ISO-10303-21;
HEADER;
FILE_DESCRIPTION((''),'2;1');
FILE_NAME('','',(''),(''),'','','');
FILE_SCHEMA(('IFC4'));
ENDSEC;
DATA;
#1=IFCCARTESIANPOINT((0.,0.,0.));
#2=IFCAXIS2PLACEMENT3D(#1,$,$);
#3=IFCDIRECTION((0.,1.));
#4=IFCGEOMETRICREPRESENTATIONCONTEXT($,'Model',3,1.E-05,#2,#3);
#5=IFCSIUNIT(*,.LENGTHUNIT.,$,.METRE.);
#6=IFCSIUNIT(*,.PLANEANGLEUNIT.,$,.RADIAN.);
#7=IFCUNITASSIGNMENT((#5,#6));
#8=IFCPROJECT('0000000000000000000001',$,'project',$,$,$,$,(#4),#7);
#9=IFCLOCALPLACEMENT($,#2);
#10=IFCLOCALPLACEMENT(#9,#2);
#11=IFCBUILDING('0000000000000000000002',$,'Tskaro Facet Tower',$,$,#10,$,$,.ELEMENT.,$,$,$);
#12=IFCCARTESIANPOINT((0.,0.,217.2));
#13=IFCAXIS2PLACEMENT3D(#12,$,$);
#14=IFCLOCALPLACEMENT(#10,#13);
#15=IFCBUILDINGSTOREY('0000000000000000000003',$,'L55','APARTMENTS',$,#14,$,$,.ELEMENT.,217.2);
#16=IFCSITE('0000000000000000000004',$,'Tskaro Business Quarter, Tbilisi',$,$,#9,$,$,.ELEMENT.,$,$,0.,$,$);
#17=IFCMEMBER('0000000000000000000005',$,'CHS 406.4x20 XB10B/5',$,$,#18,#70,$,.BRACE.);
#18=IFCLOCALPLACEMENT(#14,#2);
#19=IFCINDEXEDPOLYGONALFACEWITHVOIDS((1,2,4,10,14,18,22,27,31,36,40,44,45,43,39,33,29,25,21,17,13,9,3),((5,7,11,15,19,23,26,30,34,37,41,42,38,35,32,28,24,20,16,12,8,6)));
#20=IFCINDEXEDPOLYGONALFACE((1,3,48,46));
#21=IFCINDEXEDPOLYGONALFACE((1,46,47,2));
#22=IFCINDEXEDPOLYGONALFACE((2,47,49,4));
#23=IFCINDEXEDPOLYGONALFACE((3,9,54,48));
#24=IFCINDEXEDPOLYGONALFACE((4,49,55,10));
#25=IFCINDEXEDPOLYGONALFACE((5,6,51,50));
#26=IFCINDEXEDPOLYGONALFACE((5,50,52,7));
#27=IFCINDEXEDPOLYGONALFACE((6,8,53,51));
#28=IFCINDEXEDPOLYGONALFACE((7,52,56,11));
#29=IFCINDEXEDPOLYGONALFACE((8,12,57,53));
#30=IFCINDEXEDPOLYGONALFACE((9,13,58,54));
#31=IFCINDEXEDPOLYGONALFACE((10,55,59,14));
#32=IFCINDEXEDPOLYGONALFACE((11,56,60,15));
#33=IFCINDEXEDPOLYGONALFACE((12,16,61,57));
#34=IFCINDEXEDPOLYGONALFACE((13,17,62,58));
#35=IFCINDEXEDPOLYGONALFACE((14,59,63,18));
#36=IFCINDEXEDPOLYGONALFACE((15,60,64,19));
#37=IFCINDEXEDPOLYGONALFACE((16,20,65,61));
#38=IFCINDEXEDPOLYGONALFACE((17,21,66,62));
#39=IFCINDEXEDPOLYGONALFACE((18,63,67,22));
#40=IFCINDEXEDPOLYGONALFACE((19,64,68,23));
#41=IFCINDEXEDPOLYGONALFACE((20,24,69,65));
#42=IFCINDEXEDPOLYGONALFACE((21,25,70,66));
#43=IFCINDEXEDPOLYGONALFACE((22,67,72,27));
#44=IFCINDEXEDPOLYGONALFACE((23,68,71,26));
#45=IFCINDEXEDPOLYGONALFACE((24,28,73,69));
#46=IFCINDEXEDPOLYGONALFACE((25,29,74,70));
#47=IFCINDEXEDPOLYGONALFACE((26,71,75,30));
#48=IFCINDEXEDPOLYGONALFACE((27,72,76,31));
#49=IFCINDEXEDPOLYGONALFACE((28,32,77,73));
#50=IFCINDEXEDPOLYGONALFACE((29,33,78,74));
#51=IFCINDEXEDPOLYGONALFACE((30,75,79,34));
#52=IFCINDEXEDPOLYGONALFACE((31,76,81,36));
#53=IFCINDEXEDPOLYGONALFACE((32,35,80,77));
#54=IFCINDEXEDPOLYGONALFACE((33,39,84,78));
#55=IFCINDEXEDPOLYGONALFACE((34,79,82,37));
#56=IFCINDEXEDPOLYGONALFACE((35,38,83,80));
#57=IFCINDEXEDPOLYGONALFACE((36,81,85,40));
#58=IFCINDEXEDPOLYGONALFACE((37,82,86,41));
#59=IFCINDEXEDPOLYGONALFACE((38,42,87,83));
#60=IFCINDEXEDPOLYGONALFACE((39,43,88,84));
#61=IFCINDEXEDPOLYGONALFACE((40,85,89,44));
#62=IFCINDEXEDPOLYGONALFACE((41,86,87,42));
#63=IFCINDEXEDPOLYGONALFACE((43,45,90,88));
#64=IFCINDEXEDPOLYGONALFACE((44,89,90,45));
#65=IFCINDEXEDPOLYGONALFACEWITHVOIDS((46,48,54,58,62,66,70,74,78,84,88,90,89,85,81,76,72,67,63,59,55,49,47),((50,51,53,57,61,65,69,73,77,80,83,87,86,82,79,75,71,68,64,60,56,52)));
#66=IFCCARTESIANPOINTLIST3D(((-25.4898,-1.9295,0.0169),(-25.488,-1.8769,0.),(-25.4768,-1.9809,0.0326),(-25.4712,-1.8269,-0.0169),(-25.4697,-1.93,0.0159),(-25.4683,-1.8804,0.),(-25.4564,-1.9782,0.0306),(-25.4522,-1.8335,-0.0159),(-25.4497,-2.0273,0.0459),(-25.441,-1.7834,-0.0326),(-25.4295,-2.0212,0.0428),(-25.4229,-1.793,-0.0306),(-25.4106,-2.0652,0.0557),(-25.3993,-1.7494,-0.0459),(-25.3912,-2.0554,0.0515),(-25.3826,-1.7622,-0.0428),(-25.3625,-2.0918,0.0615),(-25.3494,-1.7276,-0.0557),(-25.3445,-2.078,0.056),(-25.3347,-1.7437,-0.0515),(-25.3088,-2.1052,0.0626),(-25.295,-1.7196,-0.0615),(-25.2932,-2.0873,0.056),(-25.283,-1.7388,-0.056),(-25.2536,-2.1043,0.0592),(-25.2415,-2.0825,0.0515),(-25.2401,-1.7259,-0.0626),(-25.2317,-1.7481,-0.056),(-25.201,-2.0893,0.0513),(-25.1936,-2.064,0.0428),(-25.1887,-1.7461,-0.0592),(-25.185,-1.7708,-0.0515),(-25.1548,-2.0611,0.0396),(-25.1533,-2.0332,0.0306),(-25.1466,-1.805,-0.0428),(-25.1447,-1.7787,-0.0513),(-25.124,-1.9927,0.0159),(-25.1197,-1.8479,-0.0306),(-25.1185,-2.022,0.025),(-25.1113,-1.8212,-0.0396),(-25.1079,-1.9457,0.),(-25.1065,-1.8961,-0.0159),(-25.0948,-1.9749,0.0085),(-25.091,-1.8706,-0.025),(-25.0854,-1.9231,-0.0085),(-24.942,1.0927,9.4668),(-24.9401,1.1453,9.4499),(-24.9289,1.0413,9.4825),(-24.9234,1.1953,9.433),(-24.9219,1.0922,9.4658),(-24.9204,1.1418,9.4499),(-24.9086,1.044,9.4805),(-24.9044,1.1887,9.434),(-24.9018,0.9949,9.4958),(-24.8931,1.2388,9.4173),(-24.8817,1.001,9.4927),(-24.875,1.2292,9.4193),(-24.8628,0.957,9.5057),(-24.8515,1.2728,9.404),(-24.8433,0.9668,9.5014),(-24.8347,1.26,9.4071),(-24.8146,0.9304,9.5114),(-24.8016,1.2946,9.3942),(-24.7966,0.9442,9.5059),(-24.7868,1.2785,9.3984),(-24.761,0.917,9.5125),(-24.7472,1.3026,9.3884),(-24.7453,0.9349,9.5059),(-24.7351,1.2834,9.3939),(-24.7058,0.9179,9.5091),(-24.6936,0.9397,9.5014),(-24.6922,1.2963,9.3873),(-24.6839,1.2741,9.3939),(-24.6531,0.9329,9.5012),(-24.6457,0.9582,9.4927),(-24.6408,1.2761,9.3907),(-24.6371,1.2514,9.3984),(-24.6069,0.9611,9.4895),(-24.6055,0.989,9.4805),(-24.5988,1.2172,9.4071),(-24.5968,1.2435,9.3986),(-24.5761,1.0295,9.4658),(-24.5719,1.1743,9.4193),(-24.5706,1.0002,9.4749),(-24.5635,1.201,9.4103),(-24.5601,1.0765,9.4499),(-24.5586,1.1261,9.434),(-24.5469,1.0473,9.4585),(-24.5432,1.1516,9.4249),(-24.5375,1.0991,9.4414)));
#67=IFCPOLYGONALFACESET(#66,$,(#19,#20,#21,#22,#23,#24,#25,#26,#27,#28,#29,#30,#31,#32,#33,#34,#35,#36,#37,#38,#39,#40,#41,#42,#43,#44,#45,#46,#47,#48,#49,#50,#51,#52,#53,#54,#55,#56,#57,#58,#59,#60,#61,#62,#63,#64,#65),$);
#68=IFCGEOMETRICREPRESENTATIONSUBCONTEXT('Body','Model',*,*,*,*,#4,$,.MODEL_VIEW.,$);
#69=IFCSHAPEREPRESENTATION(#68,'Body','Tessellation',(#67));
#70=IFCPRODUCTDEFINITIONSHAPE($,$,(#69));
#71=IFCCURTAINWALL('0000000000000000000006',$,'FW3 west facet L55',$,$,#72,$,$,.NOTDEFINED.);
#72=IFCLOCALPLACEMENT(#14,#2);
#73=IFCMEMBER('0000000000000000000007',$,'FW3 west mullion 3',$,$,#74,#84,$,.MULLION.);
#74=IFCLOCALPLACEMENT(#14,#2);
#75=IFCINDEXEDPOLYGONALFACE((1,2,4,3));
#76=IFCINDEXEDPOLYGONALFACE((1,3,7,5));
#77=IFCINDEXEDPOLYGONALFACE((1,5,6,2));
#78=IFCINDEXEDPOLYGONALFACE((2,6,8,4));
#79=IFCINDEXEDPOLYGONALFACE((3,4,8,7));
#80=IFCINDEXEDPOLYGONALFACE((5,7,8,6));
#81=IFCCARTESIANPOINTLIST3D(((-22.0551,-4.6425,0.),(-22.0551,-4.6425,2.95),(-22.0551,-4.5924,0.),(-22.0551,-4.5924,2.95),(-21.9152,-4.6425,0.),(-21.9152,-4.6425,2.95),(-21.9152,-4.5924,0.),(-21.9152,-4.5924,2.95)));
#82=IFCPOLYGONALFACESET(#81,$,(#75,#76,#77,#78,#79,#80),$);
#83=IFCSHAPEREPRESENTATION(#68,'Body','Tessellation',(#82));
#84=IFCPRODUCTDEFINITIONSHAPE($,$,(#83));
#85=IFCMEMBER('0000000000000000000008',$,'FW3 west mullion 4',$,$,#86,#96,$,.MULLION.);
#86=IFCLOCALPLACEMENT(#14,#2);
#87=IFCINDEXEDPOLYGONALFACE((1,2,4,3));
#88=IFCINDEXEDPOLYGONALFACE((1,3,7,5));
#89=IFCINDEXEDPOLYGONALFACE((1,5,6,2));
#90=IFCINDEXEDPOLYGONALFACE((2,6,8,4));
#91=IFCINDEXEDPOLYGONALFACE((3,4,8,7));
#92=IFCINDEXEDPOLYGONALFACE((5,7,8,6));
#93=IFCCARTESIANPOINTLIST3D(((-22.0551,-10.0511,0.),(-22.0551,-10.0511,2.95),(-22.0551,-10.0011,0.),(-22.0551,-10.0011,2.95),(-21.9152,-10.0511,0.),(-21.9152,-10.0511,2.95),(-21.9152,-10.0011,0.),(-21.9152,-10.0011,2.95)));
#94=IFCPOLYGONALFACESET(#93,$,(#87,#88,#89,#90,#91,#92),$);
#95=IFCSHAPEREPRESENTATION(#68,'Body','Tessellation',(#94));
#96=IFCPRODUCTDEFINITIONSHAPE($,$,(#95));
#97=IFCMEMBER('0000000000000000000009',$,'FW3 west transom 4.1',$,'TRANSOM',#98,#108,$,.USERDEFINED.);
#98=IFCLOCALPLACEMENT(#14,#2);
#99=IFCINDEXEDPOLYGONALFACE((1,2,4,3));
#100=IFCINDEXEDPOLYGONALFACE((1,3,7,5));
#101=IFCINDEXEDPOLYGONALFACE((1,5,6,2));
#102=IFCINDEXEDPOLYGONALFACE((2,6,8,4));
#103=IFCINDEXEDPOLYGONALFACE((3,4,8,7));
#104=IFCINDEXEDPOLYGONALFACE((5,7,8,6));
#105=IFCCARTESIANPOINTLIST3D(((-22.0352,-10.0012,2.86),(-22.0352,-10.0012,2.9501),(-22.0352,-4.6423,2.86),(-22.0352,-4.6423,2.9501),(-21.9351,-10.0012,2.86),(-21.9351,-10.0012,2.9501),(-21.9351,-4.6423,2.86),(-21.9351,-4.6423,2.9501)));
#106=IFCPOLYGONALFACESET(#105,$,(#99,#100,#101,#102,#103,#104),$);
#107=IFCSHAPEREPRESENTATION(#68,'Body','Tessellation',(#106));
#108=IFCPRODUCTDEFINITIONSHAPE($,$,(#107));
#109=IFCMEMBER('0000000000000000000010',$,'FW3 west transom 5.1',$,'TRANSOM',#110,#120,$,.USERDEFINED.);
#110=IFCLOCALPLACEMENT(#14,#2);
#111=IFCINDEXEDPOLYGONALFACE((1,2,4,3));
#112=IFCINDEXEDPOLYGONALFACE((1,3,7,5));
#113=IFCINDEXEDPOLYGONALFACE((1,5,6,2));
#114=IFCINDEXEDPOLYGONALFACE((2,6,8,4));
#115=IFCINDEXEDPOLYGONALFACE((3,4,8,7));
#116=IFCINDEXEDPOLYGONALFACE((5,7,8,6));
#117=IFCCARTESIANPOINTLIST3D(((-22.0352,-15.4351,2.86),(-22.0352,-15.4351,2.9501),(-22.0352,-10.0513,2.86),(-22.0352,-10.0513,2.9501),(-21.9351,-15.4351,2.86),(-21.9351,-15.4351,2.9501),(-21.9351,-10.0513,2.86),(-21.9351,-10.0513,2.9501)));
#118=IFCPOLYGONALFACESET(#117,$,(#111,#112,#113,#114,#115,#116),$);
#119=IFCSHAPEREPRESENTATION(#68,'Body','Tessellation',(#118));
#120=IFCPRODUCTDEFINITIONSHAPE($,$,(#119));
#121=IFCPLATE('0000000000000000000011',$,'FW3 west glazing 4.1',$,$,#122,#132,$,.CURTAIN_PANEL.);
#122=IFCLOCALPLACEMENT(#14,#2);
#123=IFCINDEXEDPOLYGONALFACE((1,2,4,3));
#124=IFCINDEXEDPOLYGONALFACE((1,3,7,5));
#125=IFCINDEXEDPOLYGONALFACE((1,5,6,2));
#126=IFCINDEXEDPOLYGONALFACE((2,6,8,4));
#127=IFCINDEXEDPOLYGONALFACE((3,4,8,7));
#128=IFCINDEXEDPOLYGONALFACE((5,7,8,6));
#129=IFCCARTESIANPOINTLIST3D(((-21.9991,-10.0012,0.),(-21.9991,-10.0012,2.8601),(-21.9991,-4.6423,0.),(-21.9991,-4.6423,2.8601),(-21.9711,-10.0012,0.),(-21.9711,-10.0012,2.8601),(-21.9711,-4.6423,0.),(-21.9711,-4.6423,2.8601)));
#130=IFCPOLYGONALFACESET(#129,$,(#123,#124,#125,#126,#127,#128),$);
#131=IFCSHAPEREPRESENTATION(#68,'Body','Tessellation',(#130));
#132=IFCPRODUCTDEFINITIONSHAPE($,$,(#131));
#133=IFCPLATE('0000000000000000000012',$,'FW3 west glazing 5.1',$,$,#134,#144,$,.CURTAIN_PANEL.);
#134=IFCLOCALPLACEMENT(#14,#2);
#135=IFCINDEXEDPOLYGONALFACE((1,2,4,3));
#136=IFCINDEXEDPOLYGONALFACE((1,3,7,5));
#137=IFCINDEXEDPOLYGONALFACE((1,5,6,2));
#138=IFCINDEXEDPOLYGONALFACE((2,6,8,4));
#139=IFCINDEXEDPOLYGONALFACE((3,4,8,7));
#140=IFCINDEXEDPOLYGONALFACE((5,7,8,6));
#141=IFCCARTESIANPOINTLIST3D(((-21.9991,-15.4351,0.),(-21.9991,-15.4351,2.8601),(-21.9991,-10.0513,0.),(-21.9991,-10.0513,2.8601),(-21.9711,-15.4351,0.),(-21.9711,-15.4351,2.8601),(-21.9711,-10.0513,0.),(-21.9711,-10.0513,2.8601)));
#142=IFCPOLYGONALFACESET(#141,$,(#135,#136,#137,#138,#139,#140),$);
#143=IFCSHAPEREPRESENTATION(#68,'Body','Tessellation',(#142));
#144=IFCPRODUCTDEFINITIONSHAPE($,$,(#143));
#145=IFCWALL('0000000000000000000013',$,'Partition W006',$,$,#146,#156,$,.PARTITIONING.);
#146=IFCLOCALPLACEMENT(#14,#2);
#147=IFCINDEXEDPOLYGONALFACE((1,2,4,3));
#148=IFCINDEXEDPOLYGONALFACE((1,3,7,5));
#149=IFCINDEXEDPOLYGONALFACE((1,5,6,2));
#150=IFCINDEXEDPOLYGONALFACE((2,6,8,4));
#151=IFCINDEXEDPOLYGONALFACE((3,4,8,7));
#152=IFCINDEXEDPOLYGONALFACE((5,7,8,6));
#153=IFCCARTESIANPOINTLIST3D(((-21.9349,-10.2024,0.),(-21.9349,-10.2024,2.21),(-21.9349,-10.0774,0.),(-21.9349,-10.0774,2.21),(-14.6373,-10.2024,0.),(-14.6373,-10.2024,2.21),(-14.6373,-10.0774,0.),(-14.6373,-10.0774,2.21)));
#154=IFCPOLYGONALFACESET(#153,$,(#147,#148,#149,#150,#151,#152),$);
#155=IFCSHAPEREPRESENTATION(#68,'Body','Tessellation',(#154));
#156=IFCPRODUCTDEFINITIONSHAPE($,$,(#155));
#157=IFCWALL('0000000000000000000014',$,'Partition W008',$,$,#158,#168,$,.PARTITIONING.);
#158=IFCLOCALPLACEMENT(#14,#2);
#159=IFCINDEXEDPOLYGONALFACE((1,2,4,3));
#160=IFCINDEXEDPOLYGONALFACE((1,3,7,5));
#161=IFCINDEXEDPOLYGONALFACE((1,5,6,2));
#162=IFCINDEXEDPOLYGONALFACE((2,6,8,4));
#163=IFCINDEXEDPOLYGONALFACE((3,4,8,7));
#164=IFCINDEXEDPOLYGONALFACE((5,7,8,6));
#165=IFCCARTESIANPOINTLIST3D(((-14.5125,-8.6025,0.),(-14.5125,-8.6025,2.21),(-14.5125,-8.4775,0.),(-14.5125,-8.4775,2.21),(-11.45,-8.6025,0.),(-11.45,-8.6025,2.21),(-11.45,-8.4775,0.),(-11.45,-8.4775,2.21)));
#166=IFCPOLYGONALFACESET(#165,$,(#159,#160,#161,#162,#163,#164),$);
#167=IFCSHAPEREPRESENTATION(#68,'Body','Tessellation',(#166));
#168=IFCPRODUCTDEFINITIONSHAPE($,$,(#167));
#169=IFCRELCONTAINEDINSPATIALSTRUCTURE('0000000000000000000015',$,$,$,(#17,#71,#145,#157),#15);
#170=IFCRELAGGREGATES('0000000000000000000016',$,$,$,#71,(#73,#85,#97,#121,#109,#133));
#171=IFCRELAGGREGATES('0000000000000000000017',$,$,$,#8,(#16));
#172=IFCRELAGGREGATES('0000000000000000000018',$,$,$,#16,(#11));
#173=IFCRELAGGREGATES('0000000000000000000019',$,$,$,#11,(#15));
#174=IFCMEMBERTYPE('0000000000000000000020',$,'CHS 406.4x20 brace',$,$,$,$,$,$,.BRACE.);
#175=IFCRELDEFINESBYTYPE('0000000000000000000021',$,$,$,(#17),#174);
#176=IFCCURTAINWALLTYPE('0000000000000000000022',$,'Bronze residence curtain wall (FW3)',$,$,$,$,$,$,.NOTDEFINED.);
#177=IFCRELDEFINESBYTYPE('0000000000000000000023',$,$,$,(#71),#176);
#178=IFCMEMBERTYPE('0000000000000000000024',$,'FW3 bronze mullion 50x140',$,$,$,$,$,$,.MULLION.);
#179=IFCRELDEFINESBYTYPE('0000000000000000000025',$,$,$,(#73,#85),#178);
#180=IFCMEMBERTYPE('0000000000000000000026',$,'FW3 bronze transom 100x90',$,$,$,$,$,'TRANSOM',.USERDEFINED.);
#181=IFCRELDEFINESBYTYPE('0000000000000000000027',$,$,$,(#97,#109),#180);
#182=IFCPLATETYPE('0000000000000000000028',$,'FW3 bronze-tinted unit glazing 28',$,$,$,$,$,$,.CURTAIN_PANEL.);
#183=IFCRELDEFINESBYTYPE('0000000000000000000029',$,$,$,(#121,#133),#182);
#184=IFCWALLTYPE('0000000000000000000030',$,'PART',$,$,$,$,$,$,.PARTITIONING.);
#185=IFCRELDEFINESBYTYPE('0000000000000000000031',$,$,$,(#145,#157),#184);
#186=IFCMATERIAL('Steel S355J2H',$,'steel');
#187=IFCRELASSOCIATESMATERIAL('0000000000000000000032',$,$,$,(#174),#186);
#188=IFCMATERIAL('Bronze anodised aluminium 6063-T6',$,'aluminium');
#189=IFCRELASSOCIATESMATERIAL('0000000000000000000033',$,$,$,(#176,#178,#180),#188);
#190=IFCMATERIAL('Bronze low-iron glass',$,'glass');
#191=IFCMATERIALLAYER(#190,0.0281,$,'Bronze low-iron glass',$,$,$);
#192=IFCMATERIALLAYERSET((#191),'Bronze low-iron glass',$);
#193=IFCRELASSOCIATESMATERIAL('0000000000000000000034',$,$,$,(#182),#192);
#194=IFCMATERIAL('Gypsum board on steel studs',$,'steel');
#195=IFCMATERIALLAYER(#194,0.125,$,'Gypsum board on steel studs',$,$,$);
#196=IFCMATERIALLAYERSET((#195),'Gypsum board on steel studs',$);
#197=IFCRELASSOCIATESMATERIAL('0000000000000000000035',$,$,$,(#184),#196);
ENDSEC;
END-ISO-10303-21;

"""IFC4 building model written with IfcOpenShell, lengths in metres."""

from ifc_helpers import new_model, si_unit, direction, frame, frame_2d, origin, origin_2d, place, context, subcontext, project, spatial, rectangle, hollow_circle, extrude, material, layer, layer_set, material_profile, profile_set, type_object, element, aggregate, save


model = new_model("IFC4")

# Units and contexts
model_context = context("Model", 3, precision=1e-05, world=origin(), true_north=direction((0.0, 1.0)))
body_context = subcontext(model_context, "Body", "Model", "MODEL_VIEW")
ifc_project = project(units=[si_unit("LENGTHUNIT", "METRE"), si_unit("PLANEANGLEUNIT", "RADIAN")], contexts=[model_context])

# Site, building, storey
site_placement = place(None, origin())
site = spatial("IfcSite", under=ifc_project, at=site_placement, Name="Tskaro Business Quarter, Tbilisi", CompositionType="ELEMENT", RefElevation=0.0)
building_placement = place(site_placement, origin())
building = spatial("IfcBuilding", under=site, at=building_placement, Name="Tskaro Facet Tower", CompositionType="ELEMENT")
storey_placement = place(building_placement, frame((0.0, 0.0, 217.2)))
storey = spatial("IfcBuildingStorey", under=building, at=storey_placement, Name="L55", Description="APARTMENTS", CompositionType="ELEMENT", Elevation=217.2)

# Shared definitions
ifc_material_1 = material(Name="Steel S355J2H", Category="steel")

# Member
ifc_material_profile_1 = material_profile(ifc_material_1, hollow_circle(Radius=0.2031, WallThickness=0.02, at=origin_2d()), Name="CHS 406.4x20")
ifc_profile_set_1 = profile_set([ifc_material_profile_1], Name="Steel S355J2H")
member_type_1 = type_object("IfcMemberType", Name="CHS 406.4x20 brace", PredefinedType="BRACE", material=ifc_profile_set_1)
member_1_placement = place(storey_placement, frame((-25.2881, -1.9131, 0.0), z_axis=(0.055135, 0.304151, 0.951027), x_axis=(-0.983964, 0.178368, 0.0)))
element("IfcMember", 1, at=member_1_placement, inside=storey, type_object=member_type_1, Name="CHS 406.4x20 XB10B/5", PredefinedType="BRACE", context=body_context, shape_type="SweptSolid", body=[
    extrude(hollow_circle(Radius=0.2031, WallThickness=0.02, at=origin_2d()), origin(), (0.0, 0.0, 1.0), 9.9365),
])

# Curtain wall, members, plates
ifc_material_2 = material(Name="Bronze anodised aluminium 6063-T6", Category="aluminium")
curtain_wall_type = type_object("IfcCurtainWallType", Name="Bronze residence curtain wall (FW3)", PredefinedType="NOTDEFINED", material=ifc_material_2)
curtain_wall_placement = place(storey_placement, origin())
curtain_wall = element("IfcCurtainWall", 2, at=curtain_wall_placement, inside=storey, type_object=curtain_wall_type, Name="FW3 west facet L55", PredefinedType="NOTDEFINED")
ifc_material_profile_2 = material_profile(ifc_material_2, rectangle(XDim=0.05, YDim=0.1399, at=origin_2d()), Name="Mullion 50x140")
ifc_profile_set_2 = profile_set([ifc_material_profile_2], Name="Bronze anodised aluminium 6063-T6")
member_type_2 = type_object("IfcMemberType", Name="FW3 bronze mullion 50x140", PredefinedType="MULLION", material=ifc_profile_set_2)
member_2_placement = place(storey_placement, frame((-21.9851, -4.6174, 0.0), z_axis=(0.0, 0.0, 1.0), x_axis=(0.0, -1.0, 0.0)))
member_2 = element("IfcMember", 3, at=member_2_placement, type_object=member_type_2, Name="FW3 west mullion 3", PredefinedType="MULLION", context=body_context, shape_type="SweptSolid", body=[
    extrude(rectangle(XDim=0.05, YDim=0.1399, at=origin_2d()), origin(), (0.0, 0.0, 1.0), 2.95),
])
member_3_placement = place(storey_placement, frame((-21.9851, -10.0261, 0.0), z_axis=(0.0, 0.0, 1.0), x_axis=(0.0, -1.0, 0.0)))
member_3 = element("IfcMember", 4, at=member_3_placement, type_object=member_type_2, Name="FW3 west mullion 4", PredefinedType="MULLION", context=body_context, shape_type="SweptSolid", body=[
    extrude(rectangle(XDim=0.05, YDim=0.1399, at=origin_2d()), origin(), (0.0, 0.0, 1.0), 2.95),
])
ifc_material_profile_3 = material_profile(ifc_material_2, rectangle(XDim=0.1001, YDim=0.0901, at=origin_2d()), Name="Transom 100x90")
ifc_profile_set_3 = profile_set([ifc_material_profile_3], Name="Bronze anodised aluminium 6063-T6")
member_type_3 = type_object("IfcMemberType", Name="FW3 bronze transom 100x90", ElementType="TRANSOM", PredefinedType="USERDEFINED", material=ifc_profile_set_3)
member_4_placement = place(storey_placement, frame((-21.9851, -4.6423, 2.905), z_axis=(0.0, -1.0, 0.0), x_axis=(1.0, 0.0, 0.0)))
member_4 = element("IfcMember", 5, at=member_4_placement, type_object=member_type_3, Name="FW3 west transom 4.1", ObjectType="TRANSOM", PredefinedType="USERDEFINED", context=body_context, shape_type="SweptSolid", body=[
    extrude(rectangle(XDim=0.1001, YDim=0.0901, at=origin_2d()), origin(), (0.0, 0.0, 1.0), 5.3589),
])
member_5_placement = place(storey_placement, frame((-21.9851, -10.0513, 2.905), z_axis=(0.0, -1.0, 0.0), x_axis=(1.0, 0.0, 0.0)))
member_5 = element("IfcMember", 6, at=member_5_placement, type_object=member_type_3, Name="FW3 west transom 5.1", ObjectType="TRANSOM", PredefinedType="USERDEFINED", context=body_context, shape_type="SweptSolid", body=[
    extrude(rectangle(XDim=0.1001, YDim=0.0901, at=origin_2d()), origin(), (0.0, 0.0, 1.0), 5.3838),
])
ifc_material_3 = material(Name="Bronze low-iron glass", Category="glass")
ifc_layer_1 = layer(ifc_material_3, 0.0281, Name="Bronze low-iron glass")
ifc_layer_set_1 = layer_set([ifc_layer_1], Name="Bronze low-iron glass")
plate_type = type_object("IfcPlateType", Name="FW3 bronze-tinted unit glazing 28", PredefinedType="CURTAIN_PANEL", material=ifc_layer_set_1)
plate_1_placement = place(storey_placement, frame((-21.9851, -7.3218, 0.0), z_axis=(0.0, 0.0, 1.0), x_axis=(0.0, -1.0, 0.0)))
plate_1 = element("IfcPlate", 7, at=plate_1_placement, type_object=plate_type, Name="FW3 west glazing 4.1", PredefinedType="CURTAIN_PANEL", context=body_context, shape_type="SweptSolid", body=[
    extrude(rectangle(XDim=5.3589, YDim=0.0281, at=origin_2d()), origin(), (0.0, 0.0, 1.0), 2.8601),
])
plate_2_placement = place(storey_placement, frame((-21.9851, -12.7432, 0.0), z_axis=(0.0, 0.0, 1.0), x_axis=(0.0, -1.0, 0.0)))
plate_2 = element("IfcPlate", 8, at=plate_2_placement, type_object=plate_type, Name="FW3 west glazing 5.1", PredefinedType="CURTAIN_PANEL", context=body_context, shape_type="SweptSolid", body=[
    extrude(rectangle(XDim=5.3838, YDim=0.0281, at=origin_2d()), origin(), (0.0, 0.0, 1.0), 2.8601),
])
aggregate(curtain_wall, [member_2, member_3, member_4, plate_1, member_5, plate_2])

# Walls
ifc_material_4 = material(Name="Gypsum board on steel studs", Category="steel")
ifc_layer_2 = layer(ifc_material_4, 0.125, Name="Gypsum board on steel studs")
ifc_layer_set_2 = layer_set([ifc_layer_2], Name="Gypsum board on steel studs")
wall_type_1 = type_object("IfcWallType", Name="PART", PredefinedType="PARTITIONING", material=ifc_layer_set_2)
wall_1_placement = place(storey_placement, frame((-21.9351, -10.1399, 0.0), z_axis=(0.0, 0.0, 1.0), x_axis=(1.0, 0.0, 0.0)))
element("IfcWall", 9, at=wall_1_placement, inside=storey, type_object=wall_type_1, Name="Partition W006", PredefinedType="PARTITIONING", context=body_context, shape_type="SweptSolid", body=[
    extrude(rectangle(XDim=7.2976, YDim=0.125, at=frame_2d((3.6489, 0.0))), origin(), (0.0, 0.0, 1.0), 2.21),
])
wall_2_placement = place(storey_placement, frame((-14.5125, -8.54, 0.0), z_axis=(0.0, 0.0, 1.0), x_axis=(1.0, 0.0, 0.0)))
element("IfcWall", 10, at=wall_2_placement, inside=storey, type_object=wall_type_1, Name="Partition W008", PredefinedType="PARTITIONING", context=body_context, shape_type="SweptSolid", body=[
    extrude(rectangle(XDim=3.0625, YDim=0.125, at=frame_2d((1.5312, 0.0))), origin(), (0.0, 0.0, 1.0), 2.21),
])

save(model, "model.ifc")
